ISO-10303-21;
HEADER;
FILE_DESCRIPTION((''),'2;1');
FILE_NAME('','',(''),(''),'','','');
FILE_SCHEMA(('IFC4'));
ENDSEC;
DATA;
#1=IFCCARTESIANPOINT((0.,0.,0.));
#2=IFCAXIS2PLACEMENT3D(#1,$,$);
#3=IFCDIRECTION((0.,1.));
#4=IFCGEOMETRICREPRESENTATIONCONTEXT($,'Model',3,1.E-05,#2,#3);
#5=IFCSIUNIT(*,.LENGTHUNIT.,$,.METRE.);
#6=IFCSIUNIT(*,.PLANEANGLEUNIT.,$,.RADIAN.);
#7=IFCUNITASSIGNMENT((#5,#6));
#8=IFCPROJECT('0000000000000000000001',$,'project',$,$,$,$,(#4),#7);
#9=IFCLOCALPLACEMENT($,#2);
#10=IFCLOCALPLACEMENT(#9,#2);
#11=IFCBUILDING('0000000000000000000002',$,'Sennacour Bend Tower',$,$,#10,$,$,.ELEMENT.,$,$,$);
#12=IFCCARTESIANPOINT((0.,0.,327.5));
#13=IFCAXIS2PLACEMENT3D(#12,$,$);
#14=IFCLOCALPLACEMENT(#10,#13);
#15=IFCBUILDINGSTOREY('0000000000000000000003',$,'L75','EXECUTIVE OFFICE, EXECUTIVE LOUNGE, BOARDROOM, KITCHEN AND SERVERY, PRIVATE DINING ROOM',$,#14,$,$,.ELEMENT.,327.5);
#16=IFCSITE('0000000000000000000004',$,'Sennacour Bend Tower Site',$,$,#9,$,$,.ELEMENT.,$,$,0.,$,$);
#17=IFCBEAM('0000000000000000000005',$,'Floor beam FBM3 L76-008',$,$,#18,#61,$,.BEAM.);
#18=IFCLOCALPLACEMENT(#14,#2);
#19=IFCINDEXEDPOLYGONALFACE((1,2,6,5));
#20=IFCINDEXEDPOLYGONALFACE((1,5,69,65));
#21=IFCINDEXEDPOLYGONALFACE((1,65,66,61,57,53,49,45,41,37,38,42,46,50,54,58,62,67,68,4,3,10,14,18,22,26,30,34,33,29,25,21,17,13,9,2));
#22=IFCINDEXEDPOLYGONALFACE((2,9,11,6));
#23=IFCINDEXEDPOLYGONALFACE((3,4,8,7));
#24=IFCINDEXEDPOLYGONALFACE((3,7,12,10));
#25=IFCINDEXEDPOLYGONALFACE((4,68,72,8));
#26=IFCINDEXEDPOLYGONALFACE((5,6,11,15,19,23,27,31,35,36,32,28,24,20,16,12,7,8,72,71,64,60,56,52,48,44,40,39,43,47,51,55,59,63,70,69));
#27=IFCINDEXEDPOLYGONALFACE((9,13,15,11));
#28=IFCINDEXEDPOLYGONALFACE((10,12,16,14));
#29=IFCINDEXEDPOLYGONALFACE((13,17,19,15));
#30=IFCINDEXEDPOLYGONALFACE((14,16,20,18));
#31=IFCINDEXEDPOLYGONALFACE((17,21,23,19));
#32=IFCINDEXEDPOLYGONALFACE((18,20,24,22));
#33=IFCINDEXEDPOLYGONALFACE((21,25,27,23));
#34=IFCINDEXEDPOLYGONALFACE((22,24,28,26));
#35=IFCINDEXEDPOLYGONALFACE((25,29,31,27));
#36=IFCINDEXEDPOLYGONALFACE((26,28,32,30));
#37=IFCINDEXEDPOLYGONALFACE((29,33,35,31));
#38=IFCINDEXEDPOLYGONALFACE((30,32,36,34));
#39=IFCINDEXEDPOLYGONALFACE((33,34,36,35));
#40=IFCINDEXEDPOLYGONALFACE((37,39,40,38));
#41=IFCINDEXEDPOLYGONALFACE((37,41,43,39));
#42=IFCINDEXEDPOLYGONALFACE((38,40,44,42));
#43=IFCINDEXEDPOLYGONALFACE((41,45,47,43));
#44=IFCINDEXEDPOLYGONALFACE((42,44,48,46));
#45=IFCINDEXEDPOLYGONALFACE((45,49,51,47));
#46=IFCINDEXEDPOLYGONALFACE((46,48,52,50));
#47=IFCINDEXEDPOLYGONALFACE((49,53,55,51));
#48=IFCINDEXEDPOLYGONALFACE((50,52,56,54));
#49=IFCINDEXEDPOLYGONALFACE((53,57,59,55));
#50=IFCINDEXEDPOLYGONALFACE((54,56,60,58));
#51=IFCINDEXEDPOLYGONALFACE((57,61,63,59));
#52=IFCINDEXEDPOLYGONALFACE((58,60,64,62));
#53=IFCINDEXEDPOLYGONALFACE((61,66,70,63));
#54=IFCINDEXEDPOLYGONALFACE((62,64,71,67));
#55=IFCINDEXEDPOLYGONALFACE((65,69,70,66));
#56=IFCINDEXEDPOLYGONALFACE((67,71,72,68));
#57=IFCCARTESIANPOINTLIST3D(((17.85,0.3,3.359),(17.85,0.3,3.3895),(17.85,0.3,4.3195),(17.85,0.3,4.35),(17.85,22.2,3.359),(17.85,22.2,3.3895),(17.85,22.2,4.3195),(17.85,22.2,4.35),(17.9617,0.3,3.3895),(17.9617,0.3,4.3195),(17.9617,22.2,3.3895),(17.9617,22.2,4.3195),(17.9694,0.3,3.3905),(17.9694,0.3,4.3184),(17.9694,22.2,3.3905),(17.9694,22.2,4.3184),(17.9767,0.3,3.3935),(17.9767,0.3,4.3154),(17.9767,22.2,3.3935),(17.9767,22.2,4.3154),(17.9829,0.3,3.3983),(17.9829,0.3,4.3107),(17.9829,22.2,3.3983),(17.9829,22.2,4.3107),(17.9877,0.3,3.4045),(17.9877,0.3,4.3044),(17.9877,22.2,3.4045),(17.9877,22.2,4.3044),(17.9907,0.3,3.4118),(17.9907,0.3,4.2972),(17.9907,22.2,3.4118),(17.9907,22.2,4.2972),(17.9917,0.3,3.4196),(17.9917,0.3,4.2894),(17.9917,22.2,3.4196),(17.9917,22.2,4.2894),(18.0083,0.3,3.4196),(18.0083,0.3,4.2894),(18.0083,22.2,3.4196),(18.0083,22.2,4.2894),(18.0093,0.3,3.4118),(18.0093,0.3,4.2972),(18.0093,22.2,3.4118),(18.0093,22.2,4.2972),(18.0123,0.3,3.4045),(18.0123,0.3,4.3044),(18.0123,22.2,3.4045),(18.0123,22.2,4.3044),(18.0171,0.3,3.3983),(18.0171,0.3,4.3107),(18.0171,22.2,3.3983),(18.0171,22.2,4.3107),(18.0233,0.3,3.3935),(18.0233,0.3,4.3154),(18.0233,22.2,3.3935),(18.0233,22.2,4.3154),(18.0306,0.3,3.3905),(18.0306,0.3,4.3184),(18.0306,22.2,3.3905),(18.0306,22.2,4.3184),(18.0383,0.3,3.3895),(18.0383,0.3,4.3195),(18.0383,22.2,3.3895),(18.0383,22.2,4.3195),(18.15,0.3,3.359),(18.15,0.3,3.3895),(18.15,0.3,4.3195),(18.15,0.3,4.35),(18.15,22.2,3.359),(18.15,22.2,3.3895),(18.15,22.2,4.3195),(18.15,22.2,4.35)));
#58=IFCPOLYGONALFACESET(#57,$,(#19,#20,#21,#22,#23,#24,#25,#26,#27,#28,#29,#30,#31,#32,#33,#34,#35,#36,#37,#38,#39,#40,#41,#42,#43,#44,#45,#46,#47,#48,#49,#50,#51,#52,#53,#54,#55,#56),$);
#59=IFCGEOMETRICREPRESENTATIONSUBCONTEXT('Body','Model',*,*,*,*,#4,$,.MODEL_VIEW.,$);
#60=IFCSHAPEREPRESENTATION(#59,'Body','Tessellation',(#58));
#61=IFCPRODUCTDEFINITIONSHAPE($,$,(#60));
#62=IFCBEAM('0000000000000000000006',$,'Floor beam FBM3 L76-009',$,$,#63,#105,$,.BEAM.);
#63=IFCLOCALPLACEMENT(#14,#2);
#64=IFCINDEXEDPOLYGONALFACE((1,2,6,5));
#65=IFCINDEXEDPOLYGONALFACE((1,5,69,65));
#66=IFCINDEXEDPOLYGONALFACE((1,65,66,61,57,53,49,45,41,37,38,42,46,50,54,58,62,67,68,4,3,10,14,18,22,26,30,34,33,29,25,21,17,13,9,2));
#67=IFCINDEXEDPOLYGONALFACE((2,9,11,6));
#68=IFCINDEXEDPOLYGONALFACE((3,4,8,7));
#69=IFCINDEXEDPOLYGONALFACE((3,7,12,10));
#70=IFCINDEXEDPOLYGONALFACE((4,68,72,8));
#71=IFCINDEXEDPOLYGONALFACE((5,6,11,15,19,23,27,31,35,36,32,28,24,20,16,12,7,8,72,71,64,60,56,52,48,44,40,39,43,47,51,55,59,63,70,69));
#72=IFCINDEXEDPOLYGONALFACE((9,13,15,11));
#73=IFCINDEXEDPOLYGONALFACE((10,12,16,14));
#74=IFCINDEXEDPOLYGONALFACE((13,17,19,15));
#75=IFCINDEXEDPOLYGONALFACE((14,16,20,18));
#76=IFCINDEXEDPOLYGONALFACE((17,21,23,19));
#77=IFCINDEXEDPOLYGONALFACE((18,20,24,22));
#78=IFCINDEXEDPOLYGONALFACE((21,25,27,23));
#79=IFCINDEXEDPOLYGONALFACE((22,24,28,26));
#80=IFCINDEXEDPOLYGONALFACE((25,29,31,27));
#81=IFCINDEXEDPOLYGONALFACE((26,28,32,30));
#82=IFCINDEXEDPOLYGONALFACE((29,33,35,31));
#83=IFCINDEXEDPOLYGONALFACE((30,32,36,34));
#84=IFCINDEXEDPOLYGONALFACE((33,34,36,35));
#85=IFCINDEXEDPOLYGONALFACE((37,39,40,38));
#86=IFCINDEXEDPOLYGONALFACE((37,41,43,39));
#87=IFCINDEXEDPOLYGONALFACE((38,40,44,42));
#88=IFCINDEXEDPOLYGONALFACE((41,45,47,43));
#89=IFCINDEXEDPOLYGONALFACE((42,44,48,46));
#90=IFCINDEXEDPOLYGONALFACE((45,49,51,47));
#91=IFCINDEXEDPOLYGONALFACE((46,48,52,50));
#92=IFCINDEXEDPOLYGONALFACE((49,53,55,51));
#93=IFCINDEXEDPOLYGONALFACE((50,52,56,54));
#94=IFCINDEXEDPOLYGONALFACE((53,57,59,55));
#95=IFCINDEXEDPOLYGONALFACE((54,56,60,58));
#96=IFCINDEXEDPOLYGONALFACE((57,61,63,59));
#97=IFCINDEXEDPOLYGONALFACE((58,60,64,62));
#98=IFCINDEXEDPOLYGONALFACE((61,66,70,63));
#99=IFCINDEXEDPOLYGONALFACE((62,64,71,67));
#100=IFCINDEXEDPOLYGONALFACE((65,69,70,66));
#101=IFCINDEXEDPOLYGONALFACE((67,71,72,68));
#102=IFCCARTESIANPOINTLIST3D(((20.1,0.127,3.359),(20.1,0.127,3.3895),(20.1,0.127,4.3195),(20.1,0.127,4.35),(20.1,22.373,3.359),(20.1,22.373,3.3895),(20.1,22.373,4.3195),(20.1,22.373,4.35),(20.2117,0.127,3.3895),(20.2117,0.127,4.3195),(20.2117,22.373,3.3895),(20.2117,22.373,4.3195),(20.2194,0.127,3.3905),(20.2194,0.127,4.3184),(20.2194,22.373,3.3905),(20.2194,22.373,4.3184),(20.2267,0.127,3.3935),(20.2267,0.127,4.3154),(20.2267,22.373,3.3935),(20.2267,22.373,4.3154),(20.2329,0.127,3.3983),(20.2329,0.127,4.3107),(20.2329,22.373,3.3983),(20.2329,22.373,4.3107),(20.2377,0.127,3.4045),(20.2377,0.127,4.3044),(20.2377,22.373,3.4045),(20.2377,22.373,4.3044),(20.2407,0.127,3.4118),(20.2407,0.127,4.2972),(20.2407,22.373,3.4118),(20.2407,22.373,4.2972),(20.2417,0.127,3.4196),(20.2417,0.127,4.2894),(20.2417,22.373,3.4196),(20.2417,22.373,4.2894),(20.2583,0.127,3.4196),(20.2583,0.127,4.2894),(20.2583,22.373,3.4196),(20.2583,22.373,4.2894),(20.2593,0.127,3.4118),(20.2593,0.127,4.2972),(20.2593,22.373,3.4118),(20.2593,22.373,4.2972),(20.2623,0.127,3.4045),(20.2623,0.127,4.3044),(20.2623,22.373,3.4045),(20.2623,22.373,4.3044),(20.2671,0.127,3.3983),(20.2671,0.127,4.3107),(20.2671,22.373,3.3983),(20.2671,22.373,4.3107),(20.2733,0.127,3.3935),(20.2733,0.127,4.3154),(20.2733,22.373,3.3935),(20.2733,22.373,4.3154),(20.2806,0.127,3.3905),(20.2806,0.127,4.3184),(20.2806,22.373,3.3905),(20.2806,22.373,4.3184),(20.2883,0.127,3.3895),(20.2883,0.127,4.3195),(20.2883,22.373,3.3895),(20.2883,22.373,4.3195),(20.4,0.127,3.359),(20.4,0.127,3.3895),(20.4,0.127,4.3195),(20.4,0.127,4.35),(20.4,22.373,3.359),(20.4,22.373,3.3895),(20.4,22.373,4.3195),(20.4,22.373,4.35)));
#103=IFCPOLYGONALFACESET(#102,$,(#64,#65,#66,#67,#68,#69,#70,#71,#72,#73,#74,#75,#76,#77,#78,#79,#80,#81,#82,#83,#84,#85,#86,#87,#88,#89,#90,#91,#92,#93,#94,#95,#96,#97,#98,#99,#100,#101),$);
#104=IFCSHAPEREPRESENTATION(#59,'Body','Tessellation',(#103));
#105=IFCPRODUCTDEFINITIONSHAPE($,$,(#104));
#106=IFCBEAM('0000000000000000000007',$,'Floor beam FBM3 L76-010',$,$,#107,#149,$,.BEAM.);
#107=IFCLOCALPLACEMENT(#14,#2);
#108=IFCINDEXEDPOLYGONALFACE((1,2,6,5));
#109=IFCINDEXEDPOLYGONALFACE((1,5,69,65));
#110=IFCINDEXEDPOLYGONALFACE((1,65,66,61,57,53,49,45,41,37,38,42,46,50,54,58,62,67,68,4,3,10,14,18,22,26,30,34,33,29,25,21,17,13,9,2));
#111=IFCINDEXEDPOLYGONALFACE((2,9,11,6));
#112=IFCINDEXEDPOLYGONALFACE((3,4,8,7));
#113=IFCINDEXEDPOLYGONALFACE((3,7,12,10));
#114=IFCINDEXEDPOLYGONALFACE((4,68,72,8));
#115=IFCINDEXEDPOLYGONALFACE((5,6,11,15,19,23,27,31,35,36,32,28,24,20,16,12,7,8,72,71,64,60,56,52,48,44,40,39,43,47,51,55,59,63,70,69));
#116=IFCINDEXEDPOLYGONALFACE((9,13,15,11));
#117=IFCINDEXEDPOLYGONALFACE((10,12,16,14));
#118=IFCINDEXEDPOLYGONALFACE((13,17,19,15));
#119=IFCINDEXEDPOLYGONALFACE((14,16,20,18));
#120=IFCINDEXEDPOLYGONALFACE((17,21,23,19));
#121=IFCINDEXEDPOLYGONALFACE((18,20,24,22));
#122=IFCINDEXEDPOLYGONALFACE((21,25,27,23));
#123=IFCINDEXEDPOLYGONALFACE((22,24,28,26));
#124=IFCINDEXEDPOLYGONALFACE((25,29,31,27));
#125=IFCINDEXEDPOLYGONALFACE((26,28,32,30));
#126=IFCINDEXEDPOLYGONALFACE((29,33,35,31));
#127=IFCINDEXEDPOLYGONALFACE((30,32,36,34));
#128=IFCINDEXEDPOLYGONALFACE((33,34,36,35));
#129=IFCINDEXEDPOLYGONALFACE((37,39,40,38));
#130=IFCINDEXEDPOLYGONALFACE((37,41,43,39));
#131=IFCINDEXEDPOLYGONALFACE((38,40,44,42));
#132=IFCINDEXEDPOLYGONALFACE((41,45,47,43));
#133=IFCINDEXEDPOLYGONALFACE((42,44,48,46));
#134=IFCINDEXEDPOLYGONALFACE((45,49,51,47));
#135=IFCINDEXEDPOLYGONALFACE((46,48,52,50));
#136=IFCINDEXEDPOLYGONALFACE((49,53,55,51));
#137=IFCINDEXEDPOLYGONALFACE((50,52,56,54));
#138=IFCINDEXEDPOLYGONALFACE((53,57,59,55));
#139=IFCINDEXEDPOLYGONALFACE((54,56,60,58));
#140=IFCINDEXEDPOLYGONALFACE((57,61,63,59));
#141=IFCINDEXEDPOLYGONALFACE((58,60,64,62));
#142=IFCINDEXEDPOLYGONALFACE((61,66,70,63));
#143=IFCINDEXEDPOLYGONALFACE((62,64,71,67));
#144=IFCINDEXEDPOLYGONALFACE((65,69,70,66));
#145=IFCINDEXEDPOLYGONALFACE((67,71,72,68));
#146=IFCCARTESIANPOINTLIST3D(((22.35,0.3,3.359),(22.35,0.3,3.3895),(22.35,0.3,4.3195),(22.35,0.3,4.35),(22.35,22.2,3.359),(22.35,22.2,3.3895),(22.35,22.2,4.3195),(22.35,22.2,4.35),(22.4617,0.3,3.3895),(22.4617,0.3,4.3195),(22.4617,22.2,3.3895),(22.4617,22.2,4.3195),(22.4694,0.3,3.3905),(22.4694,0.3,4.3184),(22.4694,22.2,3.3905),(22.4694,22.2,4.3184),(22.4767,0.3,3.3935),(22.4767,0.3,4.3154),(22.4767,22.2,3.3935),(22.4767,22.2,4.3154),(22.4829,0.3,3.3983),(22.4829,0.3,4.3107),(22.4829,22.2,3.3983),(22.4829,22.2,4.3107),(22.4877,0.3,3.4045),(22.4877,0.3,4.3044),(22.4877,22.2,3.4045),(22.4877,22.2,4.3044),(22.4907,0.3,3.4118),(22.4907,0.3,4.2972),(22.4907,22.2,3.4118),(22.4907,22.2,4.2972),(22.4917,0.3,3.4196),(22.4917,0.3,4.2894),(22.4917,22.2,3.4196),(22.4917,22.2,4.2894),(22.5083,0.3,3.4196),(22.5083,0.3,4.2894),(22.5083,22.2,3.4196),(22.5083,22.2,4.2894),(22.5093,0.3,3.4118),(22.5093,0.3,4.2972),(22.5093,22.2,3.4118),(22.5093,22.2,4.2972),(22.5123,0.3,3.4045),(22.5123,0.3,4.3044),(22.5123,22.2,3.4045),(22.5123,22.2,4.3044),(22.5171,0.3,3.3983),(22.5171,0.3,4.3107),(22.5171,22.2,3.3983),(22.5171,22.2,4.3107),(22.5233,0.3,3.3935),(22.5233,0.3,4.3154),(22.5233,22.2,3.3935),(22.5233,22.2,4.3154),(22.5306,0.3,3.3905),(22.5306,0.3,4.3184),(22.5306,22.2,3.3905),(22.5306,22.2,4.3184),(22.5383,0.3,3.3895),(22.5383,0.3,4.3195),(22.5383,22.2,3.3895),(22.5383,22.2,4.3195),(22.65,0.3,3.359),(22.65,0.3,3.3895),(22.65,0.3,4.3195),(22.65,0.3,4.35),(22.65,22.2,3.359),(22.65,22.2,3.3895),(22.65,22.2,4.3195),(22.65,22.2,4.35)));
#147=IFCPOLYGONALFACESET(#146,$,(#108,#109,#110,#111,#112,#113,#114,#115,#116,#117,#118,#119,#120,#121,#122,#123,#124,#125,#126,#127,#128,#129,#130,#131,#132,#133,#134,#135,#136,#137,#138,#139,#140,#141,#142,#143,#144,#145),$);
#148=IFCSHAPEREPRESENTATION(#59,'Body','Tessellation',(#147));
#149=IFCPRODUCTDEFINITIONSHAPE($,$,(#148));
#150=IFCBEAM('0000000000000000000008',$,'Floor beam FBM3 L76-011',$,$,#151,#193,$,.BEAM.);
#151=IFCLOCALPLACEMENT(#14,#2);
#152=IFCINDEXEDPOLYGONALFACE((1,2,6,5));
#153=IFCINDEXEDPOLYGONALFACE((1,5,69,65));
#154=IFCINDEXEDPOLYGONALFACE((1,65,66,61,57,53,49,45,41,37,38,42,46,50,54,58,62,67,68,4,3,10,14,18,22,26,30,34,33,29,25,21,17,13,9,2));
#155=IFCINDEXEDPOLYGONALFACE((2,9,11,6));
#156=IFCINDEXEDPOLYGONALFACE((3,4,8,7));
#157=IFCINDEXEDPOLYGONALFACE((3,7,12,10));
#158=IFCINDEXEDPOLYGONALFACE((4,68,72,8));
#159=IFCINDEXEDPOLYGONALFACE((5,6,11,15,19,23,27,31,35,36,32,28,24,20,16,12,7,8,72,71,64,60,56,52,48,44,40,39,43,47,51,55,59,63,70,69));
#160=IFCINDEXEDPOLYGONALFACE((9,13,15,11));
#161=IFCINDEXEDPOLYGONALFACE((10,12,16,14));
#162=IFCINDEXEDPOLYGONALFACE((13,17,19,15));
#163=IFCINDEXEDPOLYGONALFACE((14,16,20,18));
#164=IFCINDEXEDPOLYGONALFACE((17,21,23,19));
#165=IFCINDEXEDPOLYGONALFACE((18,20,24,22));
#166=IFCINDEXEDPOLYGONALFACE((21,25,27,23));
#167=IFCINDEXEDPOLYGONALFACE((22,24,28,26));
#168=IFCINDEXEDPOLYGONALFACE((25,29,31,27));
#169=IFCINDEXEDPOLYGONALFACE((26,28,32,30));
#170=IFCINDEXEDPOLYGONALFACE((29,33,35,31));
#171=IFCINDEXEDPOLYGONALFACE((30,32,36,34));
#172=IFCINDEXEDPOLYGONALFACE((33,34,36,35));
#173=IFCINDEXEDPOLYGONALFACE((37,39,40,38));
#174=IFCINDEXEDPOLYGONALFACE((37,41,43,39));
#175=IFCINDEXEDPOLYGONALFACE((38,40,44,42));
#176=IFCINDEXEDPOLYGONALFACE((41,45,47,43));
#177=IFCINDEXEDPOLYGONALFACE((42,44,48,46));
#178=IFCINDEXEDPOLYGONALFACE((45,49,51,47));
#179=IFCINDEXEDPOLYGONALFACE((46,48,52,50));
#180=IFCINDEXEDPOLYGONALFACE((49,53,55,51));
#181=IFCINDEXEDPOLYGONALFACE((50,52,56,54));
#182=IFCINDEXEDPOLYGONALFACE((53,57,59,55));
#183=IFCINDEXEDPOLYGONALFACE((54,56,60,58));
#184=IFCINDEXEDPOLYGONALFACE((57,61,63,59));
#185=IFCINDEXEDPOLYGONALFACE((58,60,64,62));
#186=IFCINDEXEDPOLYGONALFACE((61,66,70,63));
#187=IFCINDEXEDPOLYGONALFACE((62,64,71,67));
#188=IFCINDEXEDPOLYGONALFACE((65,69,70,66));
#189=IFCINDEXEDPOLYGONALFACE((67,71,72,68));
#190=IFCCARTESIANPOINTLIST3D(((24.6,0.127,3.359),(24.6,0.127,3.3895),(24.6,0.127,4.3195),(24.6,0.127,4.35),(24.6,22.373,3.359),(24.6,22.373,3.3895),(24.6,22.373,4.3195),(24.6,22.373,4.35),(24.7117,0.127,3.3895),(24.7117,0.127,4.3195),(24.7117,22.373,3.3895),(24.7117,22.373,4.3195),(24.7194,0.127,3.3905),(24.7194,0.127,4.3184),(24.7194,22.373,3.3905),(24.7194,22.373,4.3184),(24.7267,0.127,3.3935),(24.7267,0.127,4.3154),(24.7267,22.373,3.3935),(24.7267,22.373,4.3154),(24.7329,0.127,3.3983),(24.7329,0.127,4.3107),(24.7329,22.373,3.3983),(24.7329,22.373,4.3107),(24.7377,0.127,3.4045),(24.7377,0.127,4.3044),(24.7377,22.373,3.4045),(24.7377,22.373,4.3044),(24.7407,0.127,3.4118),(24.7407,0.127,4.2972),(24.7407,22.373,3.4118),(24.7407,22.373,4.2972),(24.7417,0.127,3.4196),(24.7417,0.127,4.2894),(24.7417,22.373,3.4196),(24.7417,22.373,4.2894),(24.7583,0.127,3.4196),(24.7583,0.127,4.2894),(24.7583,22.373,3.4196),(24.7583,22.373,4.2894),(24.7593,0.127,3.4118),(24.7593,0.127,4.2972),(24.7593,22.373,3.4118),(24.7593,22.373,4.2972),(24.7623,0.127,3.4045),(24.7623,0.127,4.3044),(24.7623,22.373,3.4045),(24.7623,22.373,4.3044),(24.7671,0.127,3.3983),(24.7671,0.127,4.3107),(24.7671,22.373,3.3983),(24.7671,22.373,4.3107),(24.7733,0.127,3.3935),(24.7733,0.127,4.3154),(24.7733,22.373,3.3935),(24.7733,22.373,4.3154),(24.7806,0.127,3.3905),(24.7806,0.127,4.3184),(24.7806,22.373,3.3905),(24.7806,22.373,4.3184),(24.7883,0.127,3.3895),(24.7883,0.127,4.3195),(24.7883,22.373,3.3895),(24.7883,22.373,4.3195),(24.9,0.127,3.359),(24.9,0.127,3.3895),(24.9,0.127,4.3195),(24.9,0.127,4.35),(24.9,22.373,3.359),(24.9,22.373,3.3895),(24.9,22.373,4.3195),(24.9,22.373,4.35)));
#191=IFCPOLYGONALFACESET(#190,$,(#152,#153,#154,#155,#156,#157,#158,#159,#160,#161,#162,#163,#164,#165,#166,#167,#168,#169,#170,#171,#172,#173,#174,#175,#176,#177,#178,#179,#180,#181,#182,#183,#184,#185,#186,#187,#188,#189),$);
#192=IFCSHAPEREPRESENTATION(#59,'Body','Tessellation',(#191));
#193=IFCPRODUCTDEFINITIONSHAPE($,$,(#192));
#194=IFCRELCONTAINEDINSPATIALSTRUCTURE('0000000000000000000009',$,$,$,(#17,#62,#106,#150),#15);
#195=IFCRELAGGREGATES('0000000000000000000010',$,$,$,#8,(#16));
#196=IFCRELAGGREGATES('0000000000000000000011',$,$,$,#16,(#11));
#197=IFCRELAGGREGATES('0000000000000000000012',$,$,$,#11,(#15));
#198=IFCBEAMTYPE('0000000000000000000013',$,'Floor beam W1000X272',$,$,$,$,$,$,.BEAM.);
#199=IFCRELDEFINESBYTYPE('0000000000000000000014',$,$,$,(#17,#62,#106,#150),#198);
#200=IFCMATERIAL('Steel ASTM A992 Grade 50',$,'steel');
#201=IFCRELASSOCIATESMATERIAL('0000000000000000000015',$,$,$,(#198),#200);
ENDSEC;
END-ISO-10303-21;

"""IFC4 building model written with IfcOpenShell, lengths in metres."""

from ifc_helpers import new_model, si_unit, direction, frame, origin, origin_2d, place, context, subcontext, project, spatial, i_section, extrude, material, material_profile, profile_set, type_object, element, save


model = new_model("IFC4")

# Units and contexts
model_context = context("Model", 3, precision=1e-05, world=origin(), true_north=direction((0.0, 1.0)))
body_context = subcontext(model_context, "Body", "Model", "MODEL_VIEW")
ifc_project = project(units=[si_unit("LENGTHUNIT", "METRE"), si_unit("PLANEANGLEUNIT", "RADIAN")], contexts=[model_context])

# Site, building, storey
site_placement = place(None, origin())
site = spatial("IfcSite", under=ifc_project, at=site_placement, Name="Sennacour Bend Tower Site", CompositionType="ELEMENT", RefElevation=0.0)
building_placement = place(site_placement, origin())
building = spatial("IfcBuilding", under=site, at=building_placement, Name="Sennacour Bend Tower", CompositionType="ELEMENT")
storey_placement = place(building_placement, frame((0.0, 0.0, 327.5)))
storey = spatial("IfcBuildingStorey", under=building, at=storey_placement, Name="L75", Description="EXECUTIVE OFFICE, EXECUTIVE LOUNGE, BOARDROOM, KITCHEN AND SERVERY, PRIVATE DINING ROOM", CompositionType="ELEMENT", Elevation=327.5)

# Beams
ifc_material_1 = material(Name="Steel ASTM A992 Grade 50", Category="steel")
ifc_material_profile_1 = material_profile(ifc_material_1, i_section(OverallWidth=0.3, OverallDepth=0.991, WebThickness=0.0166, FlangeThickness=0.0305, FilletRadius=0.03, at=origin_2d()), Name="Steel ASTM A992 Grade 50", Category="steel")
ifc_profile_set_1 = profile_set([ifc_material_profile_1], Name="Steel ASTM A992 Grade 50")
beam_type_1 = type_object("IfcBeamType", Name="Floor beam W1000X272", PredefinedType="BEAM", material=ifc_profile_set_1)
beam_1_placement = place(storey_placement, frame((18.0, 0.3, 3.8545), z_axis=(0.0, 1.0, 0.0), x_axis=(-1.0, 0.0, 0.0)))
element("IfcBeam", 1, at=beam_1_placement, inside=storey, type_object=beam_type_1, Name="Floor beam FBM3 L76-008", PredefinedType="BEAM", context=body_context, shape_type="SweptSolid", body=[
    extrude(i_section(OverallWidth=0.3, OverallDepth=0.991, WebThickness=0.0166, FlangeThickness=0.0305, FilletRadius=0.03, at=origin_2d()), origin(), (0.0, 0.0, 1.0), 21.8999),
])
beam_2_placement = place(storey_placement, frame((20.25, 0.127, 3.8545), z_axis=(0.0, 1.0, 0.0), x_axis=(-1.0, 0.0, 0.0)))
element("IfcBeam", 2, at=beam_2_placement, inside=storey, type_object=beam_type_1, Name="Floor beam FBM3 L76-009", PredefinedType="BEAM", context=body_context, shape_type="SweptSolid", body=[
    extrude(i_section(OverallWidth=0.3, OverallDepth=0.991, WebThickness=0.0166, FlangeThickness=0.0305, FilletRadius=0.03, at=origin_2d()), origin(), (0.0, 0.0, 1.0), 22.2461),
])
beam_3_placement = place(storey_placement, frame((22.5, 0.3, 3.8545), z_axis=(0.0, 1.0, 0.0), x_axis=(-1.0, 0.0, 0.0)))
element("IfcBeam", 3, at=beam_3_placement, inside=storey, type_object=beam_type_1, Name="Floor beam FBM3 L76-010", PredefinedType="BEAM", context=body_context, shape_type="SweptSolid", body=[
    extrude(i_section(OverallWidth=0.3, OverallDepth=0.991, WebThickness=0.0166, FlangeThickness=0.0305, FilletRadius=0.03, at=origin_2d()), origin(), (0.0, 0.0, 1.0), 21.8999),
])
beam_4_placement = place(storey_placement, frame((24.75, 0.127, 3.8545), z_axis=(0.0, 1.0, 0.0), x_axis=(-1.0, 0.0, 0.0)))
element("IfcBeam", 4, at=beam_4_placement, inside=storey, type_object=beam_type_1, Name="Floor beam FBM3 L76-011", PredefinedType="BEAM", context=body_context, shape_type="SweptSolid", body=[
    extrude(i_section(OverallWidth=0.3, OverallDepth=0.991, WebThickness=0.0166, FlangeThickness=0.0305, FilletRadius=0.03, at=origin_2d()), origin(), (0.0, 0.0, 1.0), 22.2461),
])

save(model, "model.ifc")
